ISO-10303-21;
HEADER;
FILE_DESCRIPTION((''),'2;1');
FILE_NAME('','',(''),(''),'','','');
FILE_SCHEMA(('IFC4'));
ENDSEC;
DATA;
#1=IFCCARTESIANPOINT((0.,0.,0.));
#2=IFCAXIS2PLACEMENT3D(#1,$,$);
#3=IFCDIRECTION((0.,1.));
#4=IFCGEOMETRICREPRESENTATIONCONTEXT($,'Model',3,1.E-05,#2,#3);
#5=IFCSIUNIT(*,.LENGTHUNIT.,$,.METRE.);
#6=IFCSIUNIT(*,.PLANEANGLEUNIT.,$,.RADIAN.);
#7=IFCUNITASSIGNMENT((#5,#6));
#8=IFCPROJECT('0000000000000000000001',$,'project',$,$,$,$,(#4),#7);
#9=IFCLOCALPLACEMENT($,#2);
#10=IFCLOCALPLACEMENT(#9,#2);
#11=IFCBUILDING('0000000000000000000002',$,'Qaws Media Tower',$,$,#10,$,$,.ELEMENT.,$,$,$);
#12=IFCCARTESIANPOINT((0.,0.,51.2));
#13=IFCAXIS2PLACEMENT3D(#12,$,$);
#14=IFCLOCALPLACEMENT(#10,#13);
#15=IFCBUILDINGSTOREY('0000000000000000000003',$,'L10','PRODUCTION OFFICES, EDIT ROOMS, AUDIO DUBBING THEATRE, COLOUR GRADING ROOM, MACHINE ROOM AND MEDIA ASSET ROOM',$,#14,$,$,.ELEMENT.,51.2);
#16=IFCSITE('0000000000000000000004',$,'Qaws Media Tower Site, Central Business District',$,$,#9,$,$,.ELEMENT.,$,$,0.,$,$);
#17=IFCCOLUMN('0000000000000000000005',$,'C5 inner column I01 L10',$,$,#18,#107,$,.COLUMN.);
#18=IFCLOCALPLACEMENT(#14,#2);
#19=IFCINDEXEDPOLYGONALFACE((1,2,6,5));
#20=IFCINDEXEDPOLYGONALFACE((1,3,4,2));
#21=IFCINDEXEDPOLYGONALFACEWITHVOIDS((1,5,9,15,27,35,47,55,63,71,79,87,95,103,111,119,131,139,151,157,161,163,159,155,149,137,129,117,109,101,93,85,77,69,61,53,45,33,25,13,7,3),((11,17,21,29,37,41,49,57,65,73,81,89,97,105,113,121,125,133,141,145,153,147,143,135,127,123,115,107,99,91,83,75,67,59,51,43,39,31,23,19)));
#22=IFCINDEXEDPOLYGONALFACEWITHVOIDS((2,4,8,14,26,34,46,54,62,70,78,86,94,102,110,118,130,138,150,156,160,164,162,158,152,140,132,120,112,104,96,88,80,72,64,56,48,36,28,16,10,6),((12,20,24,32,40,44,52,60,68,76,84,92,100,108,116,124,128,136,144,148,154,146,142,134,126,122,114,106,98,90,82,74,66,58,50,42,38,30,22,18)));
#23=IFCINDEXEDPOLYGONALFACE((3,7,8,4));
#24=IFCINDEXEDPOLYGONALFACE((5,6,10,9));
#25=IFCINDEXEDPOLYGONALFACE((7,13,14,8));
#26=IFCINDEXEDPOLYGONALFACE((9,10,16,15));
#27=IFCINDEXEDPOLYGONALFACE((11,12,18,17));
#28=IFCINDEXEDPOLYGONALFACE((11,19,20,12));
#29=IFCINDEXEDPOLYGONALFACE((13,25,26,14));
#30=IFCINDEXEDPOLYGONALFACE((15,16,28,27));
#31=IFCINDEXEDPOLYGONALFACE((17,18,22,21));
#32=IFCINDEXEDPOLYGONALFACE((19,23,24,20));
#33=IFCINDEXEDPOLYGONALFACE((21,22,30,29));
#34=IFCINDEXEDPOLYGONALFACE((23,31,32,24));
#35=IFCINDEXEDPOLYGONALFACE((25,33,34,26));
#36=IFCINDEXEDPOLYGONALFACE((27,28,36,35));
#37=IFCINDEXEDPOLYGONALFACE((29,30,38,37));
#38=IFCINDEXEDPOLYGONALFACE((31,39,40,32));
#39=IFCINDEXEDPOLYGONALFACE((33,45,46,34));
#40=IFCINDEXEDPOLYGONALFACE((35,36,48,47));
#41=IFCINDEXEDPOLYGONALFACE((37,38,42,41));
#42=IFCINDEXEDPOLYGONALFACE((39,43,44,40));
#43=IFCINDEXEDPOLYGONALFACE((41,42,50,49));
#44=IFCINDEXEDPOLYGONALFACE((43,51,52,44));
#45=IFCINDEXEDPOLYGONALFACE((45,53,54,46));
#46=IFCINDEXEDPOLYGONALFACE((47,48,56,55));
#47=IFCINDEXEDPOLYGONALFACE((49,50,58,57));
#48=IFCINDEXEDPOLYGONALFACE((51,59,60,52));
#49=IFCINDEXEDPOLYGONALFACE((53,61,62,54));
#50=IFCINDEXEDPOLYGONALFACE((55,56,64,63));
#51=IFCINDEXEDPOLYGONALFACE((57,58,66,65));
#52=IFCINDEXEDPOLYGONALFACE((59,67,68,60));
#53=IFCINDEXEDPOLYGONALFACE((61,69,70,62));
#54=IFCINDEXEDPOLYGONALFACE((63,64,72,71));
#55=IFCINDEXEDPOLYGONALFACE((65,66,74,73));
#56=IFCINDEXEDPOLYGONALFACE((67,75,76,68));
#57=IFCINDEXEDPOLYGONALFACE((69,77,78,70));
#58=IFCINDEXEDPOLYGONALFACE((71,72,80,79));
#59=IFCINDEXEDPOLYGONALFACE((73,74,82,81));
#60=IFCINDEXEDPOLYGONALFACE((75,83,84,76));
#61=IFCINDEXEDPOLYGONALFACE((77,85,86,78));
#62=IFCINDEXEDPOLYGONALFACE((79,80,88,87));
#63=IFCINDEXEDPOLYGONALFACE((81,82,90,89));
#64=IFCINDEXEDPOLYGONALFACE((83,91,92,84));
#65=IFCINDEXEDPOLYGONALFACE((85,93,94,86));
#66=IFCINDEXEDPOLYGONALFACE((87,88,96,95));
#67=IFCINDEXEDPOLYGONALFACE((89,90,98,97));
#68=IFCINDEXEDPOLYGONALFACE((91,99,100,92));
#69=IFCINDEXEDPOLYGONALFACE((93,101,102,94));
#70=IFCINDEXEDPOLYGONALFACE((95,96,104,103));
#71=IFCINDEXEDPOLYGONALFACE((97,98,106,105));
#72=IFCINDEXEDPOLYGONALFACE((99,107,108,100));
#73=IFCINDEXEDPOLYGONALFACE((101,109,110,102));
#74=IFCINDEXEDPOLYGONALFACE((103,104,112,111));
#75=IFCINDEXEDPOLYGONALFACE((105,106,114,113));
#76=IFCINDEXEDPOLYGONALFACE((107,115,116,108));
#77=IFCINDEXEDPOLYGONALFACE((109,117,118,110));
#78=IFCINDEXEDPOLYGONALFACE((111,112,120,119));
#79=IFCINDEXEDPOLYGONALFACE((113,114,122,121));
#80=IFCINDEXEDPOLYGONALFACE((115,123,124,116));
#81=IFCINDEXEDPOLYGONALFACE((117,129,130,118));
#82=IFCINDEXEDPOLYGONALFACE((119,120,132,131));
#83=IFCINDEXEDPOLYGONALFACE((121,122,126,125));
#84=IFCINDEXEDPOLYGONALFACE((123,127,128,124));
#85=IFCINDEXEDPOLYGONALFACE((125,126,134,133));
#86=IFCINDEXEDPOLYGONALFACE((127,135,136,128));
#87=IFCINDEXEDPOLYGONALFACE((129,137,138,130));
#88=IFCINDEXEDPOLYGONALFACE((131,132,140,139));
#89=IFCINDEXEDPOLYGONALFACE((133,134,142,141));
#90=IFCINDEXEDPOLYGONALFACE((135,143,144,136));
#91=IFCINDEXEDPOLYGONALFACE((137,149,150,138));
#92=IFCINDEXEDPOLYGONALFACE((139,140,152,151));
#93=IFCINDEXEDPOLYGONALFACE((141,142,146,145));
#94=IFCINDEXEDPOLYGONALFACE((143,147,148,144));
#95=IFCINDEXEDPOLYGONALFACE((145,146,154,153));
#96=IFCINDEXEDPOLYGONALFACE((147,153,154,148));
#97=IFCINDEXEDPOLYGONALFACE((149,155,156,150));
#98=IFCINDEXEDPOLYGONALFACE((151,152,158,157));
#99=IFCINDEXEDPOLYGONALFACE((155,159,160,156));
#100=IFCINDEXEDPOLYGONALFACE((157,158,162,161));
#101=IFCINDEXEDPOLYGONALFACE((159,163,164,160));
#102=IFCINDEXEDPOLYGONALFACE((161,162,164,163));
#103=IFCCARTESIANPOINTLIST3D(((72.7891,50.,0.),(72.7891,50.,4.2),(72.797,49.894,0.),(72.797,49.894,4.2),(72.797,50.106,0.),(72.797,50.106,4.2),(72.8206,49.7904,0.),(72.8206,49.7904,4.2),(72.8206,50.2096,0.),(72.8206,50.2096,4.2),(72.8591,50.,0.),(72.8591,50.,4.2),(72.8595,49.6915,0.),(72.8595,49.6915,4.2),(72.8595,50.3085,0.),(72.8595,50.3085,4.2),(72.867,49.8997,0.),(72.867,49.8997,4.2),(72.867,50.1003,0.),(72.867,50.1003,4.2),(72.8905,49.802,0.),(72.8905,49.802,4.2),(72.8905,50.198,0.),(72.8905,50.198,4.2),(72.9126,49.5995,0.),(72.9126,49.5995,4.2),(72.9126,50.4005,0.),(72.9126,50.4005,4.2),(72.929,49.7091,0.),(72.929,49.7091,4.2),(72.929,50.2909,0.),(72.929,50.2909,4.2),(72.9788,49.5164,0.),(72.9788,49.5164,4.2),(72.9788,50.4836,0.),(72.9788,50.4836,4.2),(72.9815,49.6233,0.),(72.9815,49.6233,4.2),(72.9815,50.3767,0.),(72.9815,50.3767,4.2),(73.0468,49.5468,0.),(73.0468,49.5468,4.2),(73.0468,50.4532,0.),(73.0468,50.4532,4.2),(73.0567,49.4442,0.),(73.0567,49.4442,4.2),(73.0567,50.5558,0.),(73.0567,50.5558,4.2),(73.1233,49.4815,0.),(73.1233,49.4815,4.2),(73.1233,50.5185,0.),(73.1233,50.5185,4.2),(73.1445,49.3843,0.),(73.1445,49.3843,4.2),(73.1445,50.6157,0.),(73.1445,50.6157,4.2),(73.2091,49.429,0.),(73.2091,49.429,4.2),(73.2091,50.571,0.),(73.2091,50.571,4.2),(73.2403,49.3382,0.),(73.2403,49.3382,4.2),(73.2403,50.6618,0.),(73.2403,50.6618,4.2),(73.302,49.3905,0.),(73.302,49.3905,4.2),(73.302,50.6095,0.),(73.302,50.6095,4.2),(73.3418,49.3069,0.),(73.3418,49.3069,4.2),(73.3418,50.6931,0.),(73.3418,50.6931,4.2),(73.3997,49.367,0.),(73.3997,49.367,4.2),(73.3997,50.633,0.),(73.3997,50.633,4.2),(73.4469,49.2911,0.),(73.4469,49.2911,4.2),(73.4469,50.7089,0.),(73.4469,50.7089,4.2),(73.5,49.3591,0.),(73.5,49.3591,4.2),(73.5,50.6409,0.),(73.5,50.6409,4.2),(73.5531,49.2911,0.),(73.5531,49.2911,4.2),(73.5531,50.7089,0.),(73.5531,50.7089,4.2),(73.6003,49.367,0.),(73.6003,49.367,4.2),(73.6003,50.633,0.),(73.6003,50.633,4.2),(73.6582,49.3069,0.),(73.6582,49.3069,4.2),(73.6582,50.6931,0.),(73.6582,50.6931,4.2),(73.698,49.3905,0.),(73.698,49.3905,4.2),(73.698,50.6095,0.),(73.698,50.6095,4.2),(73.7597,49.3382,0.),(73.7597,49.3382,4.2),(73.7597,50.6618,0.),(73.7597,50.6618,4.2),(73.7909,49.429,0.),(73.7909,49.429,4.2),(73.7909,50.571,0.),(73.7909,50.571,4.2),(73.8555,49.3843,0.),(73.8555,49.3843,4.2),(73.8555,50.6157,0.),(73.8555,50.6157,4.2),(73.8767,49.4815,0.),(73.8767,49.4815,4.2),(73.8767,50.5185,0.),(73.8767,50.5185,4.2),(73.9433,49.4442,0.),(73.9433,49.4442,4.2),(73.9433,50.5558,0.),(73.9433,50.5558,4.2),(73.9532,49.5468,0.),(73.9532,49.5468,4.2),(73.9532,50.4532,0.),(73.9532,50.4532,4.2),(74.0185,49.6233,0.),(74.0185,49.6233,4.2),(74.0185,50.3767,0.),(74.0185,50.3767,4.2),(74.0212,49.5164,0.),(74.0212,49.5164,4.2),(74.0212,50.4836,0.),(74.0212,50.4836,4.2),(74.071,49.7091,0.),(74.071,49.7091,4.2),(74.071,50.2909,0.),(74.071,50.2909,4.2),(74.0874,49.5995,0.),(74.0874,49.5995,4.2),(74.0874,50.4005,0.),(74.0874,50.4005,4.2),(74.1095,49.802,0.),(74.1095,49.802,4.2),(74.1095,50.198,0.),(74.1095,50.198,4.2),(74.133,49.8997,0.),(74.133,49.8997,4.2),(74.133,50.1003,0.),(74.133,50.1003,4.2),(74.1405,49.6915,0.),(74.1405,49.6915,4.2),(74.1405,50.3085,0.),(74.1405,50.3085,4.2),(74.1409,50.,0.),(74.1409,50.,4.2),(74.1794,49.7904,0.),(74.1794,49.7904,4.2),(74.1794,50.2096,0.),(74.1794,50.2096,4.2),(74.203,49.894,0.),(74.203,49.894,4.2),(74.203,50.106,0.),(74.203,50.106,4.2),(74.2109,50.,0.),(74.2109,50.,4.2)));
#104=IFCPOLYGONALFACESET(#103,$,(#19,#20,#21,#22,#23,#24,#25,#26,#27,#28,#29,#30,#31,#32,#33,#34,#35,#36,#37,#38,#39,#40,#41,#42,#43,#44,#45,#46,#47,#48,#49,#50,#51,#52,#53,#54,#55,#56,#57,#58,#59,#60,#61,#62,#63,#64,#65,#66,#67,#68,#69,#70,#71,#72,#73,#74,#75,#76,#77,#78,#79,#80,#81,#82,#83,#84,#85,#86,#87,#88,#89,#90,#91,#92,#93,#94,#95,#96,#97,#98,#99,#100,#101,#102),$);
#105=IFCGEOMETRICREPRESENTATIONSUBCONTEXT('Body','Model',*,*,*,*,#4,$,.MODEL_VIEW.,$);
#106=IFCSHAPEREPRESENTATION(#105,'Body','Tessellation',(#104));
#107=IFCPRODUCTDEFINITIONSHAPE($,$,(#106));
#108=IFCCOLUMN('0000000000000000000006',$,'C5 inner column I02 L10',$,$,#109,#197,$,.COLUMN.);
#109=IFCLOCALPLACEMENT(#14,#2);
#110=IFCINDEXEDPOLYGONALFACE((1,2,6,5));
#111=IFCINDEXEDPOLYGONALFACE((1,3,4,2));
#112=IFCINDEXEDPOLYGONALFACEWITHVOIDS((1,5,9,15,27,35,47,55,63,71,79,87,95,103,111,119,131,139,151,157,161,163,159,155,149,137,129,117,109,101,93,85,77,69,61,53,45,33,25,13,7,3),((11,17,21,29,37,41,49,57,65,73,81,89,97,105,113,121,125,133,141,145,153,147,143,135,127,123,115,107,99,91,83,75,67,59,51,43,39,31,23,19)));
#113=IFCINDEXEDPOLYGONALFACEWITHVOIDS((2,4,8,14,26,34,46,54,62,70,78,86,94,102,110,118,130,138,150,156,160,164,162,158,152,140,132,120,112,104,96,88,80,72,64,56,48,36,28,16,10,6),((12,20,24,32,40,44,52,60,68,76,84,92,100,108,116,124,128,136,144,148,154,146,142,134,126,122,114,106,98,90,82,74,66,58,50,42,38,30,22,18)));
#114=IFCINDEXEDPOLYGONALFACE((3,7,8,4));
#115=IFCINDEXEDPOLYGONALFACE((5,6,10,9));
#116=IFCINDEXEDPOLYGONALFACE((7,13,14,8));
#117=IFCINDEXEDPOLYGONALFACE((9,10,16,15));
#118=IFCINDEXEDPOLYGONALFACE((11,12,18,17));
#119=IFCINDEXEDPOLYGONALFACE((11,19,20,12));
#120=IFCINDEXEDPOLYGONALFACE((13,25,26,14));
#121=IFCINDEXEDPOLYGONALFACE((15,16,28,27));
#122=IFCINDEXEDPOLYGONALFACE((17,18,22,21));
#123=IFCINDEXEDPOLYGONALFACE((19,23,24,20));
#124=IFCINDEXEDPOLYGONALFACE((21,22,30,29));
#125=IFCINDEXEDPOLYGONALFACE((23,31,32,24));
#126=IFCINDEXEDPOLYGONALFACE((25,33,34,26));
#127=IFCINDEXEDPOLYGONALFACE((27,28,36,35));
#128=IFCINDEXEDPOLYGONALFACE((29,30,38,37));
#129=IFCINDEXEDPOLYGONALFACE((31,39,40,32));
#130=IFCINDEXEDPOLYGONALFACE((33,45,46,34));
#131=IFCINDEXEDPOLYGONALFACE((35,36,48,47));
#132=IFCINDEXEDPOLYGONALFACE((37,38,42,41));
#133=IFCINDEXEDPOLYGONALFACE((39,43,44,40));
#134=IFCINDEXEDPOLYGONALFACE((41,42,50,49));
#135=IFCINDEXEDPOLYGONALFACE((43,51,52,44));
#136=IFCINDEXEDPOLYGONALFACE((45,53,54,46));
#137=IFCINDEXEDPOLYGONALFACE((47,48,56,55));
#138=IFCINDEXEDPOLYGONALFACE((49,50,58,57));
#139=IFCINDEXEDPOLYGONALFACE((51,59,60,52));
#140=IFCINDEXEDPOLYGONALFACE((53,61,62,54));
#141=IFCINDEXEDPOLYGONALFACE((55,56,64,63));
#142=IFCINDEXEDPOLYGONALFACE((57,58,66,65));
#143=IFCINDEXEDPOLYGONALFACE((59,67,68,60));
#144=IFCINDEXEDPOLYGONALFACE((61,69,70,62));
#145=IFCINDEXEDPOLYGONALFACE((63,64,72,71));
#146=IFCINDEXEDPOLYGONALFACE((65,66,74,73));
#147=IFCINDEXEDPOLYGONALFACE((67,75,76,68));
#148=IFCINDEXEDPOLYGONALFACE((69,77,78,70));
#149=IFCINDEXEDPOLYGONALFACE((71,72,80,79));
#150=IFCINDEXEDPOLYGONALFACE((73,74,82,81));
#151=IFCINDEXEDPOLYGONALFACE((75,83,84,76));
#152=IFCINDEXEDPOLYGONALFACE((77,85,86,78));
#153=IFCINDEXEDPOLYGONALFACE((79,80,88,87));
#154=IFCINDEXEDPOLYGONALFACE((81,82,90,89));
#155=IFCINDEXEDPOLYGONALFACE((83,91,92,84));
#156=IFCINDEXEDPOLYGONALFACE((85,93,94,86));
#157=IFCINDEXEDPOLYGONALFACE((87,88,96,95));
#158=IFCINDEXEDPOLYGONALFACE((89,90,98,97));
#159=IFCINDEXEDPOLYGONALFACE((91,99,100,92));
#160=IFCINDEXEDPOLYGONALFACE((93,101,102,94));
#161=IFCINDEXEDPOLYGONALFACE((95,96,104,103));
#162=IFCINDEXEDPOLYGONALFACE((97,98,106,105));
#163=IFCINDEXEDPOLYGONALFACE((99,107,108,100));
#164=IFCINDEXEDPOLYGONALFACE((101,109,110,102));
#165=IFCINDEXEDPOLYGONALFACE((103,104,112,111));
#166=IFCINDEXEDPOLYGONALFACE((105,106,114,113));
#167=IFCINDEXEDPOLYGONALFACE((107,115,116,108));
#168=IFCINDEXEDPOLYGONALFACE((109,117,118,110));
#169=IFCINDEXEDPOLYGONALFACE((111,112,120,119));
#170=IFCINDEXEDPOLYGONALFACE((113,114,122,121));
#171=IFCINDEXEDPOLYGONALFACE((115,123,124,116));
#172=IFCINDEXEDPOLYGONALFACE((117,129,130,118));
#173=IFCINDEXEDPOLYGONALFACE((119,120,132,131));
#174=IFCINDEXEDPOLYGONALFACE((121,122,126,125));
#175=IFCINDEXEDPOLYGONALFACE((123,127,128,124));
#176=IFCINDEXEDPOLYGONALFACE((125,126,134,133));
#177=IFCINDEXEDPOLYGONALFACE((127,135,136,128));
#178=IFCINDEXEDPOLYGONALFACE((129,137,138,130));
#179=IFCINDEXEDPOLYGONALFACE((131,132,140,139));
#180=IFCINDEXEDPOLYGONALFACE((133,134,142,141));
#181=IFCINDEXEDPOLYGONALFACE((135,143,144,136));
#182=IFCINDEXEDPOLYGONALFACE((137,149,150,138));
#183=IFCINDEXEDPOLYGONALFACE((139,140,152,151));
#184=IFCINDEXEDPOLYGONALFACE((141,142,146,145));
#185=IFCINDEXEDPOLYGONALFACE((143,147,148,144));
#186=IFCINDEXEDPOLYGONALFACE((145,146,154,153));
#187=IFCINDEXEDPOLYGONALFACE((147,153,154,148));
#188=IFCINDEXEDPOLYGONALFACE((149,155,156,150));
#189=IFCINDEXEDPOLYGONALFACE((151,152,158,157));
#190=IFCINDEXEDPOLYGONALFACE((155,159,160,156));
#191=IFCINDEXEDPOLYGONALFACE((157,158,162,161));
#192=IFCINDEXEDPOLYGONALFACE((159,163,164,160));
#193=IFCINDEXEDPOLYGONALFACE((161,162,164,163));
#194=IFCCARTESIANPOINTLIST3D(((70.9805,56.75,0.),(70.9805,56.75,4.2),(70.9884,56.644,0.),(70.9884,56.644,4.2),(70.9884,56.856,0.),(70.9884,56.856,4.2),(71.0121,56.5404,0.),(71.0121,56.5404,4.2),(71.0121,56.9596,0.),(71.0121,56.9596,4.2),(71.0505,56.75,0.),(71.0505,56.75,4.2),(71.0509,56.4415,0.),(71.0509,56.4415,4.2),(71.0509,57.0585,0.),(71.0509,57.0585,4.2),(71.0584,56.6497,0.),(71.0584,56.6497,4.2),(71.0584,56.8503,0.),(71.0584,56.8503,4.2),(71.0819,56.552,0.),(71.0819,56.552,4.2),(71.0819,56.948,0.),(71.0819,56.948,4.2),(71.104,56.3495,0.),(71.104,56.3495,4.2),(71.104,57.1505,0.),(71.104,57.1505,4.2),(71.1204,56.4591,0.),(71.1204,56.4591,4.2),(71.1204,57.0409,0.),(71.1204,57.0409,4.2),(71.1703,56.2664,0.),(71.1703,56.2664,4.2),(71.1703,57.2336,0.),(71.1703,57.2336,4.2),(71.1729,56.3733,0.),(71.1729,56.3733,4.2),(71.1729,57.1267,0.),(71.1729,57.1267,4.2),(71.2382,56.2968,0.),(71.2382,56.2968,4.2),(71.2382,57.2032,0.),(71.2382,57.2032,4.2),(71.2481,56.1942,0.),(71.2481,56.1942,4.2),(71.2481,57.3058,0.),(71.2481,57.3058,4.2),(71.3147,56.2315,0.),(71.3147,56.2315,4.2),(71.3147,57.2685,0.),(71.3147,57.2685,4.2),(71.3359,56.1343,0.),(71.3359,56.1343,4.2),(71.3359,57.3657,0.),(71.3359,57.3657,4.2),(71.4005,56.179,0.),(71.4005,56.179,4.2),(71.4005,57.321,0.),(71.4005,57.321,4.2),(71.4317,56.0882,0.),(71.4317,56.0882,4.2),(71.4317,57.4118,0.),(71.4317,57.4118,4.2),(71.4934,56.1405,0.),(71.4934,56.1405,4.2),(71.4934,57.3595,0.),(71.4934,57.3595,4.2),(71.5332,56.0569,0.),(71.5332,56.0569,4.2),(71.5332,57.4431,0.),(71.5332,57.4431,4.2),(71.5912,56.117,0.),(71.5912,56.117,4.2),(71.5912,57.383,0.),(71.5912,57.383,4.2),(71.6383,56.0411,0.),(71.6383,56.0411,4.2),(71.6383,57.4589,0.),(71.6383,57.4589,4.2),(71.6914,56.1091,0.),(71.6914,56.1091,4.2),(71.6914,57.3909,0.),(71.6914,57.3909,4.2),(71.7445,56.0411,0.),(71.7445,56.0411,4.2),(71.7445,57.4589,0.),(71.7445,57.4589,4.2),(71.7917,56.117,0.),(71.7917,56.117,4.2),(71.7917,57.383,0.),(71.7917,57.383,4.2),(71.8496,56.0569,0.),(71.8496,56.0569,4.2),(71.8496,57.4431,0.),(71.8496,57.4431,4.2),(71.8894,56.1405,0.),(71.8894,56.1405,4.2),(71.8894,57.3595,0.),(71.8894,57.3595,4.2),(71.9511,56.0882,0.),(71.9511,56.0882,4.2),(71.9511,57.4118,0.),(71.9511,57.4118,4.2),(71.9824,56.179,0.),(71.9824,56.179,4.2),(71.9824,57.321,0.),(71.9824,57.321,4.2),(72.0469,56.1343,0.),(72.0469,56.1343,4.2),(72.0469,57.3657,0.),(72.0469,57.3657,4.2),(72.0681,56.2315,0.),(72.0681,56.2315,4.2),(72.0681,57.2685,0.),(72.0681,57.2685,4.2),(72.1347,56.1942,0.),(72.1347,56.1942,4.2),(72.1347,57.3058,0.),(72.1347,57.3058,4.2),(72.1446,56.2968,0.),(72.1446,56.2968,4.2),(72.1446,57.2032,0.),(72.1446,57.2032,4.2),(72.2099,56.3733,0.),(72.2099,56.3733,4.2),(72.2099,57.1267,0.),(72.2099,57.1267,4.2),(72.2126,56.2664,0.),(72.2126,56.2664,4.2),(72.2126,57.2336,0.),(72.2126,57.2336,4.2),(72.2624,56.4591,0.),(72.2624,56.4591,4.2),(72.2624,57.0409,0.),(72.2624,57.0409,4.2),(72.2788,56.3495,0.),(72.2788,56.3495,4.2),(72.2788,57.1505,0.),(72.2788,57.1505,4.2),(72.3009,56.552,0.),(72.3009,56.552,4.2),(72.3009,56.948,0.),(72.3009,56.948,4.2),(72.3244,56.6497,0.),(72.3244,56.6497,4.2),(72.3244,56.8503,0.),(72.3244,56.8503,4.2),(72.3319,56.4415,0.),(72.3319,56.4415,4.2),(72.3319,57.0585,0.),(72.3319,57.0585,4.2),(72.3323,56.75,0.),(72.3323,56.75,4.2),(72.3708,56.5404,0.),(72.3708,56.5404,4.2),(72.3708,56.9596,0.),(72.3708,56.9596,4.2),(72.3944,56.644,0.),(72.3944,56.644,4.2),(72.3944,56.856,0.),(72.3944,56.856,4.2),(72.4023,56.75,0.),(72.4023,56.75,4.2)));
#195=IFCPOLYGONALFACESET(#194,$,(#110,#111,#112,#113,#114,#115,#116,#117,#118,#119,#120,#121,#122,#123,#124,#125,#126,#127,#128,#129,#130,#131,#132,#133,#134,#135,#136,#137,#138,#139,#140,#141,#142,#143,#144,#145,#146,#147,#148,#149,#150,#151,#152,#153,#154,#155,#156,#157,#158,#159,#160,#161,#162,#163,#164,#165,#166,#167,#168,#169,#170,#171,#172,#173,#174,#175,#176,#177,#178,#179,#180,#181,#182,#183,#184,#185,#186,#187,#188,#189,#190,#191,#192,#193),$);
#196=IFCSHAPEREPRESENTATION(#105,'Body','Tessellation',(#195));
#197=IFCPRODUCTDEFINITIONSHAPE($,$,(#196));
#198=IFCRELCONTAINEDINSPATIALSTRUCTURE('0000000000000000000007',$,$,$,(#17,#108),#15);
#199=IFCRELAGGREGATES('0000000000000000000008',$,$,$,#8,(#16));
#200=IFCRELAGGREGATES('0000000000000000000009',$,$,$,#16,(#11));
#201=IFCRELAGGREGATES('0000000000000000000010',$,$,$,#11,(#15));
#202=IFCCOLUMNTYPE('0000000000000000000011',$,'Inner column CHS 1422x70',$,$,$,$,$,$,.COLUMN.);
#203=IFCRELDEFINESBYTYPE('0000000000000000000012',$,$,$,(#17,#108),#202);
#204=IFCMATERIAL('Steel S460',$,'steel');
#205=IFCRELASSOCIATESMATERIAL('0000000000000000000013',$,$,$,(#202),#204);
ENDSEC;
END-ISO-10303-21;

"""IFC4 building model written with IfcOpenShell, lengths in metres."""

from ifc_helpers import new_model, si_unit, direction, frame, origin, origin_2d, place, context, subcontext, project, spatial, hollow_circle, extrude, material, material_profile, profile_set, type_object, element, save


model = new_model("IFC4")

# Units and contexts
model_context = context("Model", 3, precision=1e-05, world=origin(), true_north=direction((0.0, 1.0)))
body_context = subcontext(model_context, "Body", "Model", "MODEL_VIEW")
ifc_project = project(units=[si_unit("LENGTHUNIT", "METRE"), si_unit("PLANEANGLEUNIT", "RADIAN")], contexts=[model_context])

# Site, building, storey
site_placement = place(None, origin())
site = spatial("IfcSite", under=ifc_project, at=site_placement, Name="Qaws Media Tower Site, Central Business District", CompositionType="ELEMENT", RefElevation=0.0)
building_placement = place(site_placement, origin())
building = spatial("IfcBuilding", under=site, at=building_placement, Name="Qaws Media Tower", CompositionType="ELEMENT")
storey_placement = place(building_placement, frame((0.0, 0.0, 51.2)))
storey = spatial("IfcBuildingStorey", under=building, at=storey_placement, Name="L10", Description="PRODUCTION OFFICES, EDIT ROOMS, AUDIO DUBBING THEATRE, COLOUR GRADING ROOM, MACHINE ROOM AND MEDIA ASSET ROOM", CompositionType="ELEMENT", Elevation=51.2)

# Columns
ifc_material_1 = material(Name="Steel S460", Category="steel")
ifc_material_profile_1 = material_profile(ifc_material_1, hollow_circle(Radius=0.7109, WallThickness=0.0701, at=origin_2d()), Name="CHS 1422x70")
ifc_profile_set_1 = profile_set([ifc_material_profile_1], Name="Steel S460")
column_type = type_object("IfcColumnType", Name="Inner column CHS 1422x70", PredefinedType="COLUMN", material=ifc_profile_set_1)
for number, where, z_axis, x_axis, name in (
    (1, (73.5, 50.0, 0.0), (0.0, 0.0, 1.0), (1.0, 0.0, 0.0), "C5 inner column I01 L10"),
    (2, (71.6914, 56.75, 0.0), (0.0, 0.0, 1.0), (1.0, 0.0, 0.0), "C5 inner column I02 L10"),
):
    element("IfcColumn", number, at=place(storey_placement, frame(where, z_axis=z_axis, x_axis=x_axis)), inside=storey, type_object=column_type, Name=name, PredefinedType="COLUMN", context=body_context, shape_type="SweptSolid", body=[
        extrude(hollow_circle(Radius=0.7109, WallThickness=0.0701, at=origin_2d()), origin(), (0.0, 0.0, 1.0), 4.2),
    ])

save(model, "model.ifc")
